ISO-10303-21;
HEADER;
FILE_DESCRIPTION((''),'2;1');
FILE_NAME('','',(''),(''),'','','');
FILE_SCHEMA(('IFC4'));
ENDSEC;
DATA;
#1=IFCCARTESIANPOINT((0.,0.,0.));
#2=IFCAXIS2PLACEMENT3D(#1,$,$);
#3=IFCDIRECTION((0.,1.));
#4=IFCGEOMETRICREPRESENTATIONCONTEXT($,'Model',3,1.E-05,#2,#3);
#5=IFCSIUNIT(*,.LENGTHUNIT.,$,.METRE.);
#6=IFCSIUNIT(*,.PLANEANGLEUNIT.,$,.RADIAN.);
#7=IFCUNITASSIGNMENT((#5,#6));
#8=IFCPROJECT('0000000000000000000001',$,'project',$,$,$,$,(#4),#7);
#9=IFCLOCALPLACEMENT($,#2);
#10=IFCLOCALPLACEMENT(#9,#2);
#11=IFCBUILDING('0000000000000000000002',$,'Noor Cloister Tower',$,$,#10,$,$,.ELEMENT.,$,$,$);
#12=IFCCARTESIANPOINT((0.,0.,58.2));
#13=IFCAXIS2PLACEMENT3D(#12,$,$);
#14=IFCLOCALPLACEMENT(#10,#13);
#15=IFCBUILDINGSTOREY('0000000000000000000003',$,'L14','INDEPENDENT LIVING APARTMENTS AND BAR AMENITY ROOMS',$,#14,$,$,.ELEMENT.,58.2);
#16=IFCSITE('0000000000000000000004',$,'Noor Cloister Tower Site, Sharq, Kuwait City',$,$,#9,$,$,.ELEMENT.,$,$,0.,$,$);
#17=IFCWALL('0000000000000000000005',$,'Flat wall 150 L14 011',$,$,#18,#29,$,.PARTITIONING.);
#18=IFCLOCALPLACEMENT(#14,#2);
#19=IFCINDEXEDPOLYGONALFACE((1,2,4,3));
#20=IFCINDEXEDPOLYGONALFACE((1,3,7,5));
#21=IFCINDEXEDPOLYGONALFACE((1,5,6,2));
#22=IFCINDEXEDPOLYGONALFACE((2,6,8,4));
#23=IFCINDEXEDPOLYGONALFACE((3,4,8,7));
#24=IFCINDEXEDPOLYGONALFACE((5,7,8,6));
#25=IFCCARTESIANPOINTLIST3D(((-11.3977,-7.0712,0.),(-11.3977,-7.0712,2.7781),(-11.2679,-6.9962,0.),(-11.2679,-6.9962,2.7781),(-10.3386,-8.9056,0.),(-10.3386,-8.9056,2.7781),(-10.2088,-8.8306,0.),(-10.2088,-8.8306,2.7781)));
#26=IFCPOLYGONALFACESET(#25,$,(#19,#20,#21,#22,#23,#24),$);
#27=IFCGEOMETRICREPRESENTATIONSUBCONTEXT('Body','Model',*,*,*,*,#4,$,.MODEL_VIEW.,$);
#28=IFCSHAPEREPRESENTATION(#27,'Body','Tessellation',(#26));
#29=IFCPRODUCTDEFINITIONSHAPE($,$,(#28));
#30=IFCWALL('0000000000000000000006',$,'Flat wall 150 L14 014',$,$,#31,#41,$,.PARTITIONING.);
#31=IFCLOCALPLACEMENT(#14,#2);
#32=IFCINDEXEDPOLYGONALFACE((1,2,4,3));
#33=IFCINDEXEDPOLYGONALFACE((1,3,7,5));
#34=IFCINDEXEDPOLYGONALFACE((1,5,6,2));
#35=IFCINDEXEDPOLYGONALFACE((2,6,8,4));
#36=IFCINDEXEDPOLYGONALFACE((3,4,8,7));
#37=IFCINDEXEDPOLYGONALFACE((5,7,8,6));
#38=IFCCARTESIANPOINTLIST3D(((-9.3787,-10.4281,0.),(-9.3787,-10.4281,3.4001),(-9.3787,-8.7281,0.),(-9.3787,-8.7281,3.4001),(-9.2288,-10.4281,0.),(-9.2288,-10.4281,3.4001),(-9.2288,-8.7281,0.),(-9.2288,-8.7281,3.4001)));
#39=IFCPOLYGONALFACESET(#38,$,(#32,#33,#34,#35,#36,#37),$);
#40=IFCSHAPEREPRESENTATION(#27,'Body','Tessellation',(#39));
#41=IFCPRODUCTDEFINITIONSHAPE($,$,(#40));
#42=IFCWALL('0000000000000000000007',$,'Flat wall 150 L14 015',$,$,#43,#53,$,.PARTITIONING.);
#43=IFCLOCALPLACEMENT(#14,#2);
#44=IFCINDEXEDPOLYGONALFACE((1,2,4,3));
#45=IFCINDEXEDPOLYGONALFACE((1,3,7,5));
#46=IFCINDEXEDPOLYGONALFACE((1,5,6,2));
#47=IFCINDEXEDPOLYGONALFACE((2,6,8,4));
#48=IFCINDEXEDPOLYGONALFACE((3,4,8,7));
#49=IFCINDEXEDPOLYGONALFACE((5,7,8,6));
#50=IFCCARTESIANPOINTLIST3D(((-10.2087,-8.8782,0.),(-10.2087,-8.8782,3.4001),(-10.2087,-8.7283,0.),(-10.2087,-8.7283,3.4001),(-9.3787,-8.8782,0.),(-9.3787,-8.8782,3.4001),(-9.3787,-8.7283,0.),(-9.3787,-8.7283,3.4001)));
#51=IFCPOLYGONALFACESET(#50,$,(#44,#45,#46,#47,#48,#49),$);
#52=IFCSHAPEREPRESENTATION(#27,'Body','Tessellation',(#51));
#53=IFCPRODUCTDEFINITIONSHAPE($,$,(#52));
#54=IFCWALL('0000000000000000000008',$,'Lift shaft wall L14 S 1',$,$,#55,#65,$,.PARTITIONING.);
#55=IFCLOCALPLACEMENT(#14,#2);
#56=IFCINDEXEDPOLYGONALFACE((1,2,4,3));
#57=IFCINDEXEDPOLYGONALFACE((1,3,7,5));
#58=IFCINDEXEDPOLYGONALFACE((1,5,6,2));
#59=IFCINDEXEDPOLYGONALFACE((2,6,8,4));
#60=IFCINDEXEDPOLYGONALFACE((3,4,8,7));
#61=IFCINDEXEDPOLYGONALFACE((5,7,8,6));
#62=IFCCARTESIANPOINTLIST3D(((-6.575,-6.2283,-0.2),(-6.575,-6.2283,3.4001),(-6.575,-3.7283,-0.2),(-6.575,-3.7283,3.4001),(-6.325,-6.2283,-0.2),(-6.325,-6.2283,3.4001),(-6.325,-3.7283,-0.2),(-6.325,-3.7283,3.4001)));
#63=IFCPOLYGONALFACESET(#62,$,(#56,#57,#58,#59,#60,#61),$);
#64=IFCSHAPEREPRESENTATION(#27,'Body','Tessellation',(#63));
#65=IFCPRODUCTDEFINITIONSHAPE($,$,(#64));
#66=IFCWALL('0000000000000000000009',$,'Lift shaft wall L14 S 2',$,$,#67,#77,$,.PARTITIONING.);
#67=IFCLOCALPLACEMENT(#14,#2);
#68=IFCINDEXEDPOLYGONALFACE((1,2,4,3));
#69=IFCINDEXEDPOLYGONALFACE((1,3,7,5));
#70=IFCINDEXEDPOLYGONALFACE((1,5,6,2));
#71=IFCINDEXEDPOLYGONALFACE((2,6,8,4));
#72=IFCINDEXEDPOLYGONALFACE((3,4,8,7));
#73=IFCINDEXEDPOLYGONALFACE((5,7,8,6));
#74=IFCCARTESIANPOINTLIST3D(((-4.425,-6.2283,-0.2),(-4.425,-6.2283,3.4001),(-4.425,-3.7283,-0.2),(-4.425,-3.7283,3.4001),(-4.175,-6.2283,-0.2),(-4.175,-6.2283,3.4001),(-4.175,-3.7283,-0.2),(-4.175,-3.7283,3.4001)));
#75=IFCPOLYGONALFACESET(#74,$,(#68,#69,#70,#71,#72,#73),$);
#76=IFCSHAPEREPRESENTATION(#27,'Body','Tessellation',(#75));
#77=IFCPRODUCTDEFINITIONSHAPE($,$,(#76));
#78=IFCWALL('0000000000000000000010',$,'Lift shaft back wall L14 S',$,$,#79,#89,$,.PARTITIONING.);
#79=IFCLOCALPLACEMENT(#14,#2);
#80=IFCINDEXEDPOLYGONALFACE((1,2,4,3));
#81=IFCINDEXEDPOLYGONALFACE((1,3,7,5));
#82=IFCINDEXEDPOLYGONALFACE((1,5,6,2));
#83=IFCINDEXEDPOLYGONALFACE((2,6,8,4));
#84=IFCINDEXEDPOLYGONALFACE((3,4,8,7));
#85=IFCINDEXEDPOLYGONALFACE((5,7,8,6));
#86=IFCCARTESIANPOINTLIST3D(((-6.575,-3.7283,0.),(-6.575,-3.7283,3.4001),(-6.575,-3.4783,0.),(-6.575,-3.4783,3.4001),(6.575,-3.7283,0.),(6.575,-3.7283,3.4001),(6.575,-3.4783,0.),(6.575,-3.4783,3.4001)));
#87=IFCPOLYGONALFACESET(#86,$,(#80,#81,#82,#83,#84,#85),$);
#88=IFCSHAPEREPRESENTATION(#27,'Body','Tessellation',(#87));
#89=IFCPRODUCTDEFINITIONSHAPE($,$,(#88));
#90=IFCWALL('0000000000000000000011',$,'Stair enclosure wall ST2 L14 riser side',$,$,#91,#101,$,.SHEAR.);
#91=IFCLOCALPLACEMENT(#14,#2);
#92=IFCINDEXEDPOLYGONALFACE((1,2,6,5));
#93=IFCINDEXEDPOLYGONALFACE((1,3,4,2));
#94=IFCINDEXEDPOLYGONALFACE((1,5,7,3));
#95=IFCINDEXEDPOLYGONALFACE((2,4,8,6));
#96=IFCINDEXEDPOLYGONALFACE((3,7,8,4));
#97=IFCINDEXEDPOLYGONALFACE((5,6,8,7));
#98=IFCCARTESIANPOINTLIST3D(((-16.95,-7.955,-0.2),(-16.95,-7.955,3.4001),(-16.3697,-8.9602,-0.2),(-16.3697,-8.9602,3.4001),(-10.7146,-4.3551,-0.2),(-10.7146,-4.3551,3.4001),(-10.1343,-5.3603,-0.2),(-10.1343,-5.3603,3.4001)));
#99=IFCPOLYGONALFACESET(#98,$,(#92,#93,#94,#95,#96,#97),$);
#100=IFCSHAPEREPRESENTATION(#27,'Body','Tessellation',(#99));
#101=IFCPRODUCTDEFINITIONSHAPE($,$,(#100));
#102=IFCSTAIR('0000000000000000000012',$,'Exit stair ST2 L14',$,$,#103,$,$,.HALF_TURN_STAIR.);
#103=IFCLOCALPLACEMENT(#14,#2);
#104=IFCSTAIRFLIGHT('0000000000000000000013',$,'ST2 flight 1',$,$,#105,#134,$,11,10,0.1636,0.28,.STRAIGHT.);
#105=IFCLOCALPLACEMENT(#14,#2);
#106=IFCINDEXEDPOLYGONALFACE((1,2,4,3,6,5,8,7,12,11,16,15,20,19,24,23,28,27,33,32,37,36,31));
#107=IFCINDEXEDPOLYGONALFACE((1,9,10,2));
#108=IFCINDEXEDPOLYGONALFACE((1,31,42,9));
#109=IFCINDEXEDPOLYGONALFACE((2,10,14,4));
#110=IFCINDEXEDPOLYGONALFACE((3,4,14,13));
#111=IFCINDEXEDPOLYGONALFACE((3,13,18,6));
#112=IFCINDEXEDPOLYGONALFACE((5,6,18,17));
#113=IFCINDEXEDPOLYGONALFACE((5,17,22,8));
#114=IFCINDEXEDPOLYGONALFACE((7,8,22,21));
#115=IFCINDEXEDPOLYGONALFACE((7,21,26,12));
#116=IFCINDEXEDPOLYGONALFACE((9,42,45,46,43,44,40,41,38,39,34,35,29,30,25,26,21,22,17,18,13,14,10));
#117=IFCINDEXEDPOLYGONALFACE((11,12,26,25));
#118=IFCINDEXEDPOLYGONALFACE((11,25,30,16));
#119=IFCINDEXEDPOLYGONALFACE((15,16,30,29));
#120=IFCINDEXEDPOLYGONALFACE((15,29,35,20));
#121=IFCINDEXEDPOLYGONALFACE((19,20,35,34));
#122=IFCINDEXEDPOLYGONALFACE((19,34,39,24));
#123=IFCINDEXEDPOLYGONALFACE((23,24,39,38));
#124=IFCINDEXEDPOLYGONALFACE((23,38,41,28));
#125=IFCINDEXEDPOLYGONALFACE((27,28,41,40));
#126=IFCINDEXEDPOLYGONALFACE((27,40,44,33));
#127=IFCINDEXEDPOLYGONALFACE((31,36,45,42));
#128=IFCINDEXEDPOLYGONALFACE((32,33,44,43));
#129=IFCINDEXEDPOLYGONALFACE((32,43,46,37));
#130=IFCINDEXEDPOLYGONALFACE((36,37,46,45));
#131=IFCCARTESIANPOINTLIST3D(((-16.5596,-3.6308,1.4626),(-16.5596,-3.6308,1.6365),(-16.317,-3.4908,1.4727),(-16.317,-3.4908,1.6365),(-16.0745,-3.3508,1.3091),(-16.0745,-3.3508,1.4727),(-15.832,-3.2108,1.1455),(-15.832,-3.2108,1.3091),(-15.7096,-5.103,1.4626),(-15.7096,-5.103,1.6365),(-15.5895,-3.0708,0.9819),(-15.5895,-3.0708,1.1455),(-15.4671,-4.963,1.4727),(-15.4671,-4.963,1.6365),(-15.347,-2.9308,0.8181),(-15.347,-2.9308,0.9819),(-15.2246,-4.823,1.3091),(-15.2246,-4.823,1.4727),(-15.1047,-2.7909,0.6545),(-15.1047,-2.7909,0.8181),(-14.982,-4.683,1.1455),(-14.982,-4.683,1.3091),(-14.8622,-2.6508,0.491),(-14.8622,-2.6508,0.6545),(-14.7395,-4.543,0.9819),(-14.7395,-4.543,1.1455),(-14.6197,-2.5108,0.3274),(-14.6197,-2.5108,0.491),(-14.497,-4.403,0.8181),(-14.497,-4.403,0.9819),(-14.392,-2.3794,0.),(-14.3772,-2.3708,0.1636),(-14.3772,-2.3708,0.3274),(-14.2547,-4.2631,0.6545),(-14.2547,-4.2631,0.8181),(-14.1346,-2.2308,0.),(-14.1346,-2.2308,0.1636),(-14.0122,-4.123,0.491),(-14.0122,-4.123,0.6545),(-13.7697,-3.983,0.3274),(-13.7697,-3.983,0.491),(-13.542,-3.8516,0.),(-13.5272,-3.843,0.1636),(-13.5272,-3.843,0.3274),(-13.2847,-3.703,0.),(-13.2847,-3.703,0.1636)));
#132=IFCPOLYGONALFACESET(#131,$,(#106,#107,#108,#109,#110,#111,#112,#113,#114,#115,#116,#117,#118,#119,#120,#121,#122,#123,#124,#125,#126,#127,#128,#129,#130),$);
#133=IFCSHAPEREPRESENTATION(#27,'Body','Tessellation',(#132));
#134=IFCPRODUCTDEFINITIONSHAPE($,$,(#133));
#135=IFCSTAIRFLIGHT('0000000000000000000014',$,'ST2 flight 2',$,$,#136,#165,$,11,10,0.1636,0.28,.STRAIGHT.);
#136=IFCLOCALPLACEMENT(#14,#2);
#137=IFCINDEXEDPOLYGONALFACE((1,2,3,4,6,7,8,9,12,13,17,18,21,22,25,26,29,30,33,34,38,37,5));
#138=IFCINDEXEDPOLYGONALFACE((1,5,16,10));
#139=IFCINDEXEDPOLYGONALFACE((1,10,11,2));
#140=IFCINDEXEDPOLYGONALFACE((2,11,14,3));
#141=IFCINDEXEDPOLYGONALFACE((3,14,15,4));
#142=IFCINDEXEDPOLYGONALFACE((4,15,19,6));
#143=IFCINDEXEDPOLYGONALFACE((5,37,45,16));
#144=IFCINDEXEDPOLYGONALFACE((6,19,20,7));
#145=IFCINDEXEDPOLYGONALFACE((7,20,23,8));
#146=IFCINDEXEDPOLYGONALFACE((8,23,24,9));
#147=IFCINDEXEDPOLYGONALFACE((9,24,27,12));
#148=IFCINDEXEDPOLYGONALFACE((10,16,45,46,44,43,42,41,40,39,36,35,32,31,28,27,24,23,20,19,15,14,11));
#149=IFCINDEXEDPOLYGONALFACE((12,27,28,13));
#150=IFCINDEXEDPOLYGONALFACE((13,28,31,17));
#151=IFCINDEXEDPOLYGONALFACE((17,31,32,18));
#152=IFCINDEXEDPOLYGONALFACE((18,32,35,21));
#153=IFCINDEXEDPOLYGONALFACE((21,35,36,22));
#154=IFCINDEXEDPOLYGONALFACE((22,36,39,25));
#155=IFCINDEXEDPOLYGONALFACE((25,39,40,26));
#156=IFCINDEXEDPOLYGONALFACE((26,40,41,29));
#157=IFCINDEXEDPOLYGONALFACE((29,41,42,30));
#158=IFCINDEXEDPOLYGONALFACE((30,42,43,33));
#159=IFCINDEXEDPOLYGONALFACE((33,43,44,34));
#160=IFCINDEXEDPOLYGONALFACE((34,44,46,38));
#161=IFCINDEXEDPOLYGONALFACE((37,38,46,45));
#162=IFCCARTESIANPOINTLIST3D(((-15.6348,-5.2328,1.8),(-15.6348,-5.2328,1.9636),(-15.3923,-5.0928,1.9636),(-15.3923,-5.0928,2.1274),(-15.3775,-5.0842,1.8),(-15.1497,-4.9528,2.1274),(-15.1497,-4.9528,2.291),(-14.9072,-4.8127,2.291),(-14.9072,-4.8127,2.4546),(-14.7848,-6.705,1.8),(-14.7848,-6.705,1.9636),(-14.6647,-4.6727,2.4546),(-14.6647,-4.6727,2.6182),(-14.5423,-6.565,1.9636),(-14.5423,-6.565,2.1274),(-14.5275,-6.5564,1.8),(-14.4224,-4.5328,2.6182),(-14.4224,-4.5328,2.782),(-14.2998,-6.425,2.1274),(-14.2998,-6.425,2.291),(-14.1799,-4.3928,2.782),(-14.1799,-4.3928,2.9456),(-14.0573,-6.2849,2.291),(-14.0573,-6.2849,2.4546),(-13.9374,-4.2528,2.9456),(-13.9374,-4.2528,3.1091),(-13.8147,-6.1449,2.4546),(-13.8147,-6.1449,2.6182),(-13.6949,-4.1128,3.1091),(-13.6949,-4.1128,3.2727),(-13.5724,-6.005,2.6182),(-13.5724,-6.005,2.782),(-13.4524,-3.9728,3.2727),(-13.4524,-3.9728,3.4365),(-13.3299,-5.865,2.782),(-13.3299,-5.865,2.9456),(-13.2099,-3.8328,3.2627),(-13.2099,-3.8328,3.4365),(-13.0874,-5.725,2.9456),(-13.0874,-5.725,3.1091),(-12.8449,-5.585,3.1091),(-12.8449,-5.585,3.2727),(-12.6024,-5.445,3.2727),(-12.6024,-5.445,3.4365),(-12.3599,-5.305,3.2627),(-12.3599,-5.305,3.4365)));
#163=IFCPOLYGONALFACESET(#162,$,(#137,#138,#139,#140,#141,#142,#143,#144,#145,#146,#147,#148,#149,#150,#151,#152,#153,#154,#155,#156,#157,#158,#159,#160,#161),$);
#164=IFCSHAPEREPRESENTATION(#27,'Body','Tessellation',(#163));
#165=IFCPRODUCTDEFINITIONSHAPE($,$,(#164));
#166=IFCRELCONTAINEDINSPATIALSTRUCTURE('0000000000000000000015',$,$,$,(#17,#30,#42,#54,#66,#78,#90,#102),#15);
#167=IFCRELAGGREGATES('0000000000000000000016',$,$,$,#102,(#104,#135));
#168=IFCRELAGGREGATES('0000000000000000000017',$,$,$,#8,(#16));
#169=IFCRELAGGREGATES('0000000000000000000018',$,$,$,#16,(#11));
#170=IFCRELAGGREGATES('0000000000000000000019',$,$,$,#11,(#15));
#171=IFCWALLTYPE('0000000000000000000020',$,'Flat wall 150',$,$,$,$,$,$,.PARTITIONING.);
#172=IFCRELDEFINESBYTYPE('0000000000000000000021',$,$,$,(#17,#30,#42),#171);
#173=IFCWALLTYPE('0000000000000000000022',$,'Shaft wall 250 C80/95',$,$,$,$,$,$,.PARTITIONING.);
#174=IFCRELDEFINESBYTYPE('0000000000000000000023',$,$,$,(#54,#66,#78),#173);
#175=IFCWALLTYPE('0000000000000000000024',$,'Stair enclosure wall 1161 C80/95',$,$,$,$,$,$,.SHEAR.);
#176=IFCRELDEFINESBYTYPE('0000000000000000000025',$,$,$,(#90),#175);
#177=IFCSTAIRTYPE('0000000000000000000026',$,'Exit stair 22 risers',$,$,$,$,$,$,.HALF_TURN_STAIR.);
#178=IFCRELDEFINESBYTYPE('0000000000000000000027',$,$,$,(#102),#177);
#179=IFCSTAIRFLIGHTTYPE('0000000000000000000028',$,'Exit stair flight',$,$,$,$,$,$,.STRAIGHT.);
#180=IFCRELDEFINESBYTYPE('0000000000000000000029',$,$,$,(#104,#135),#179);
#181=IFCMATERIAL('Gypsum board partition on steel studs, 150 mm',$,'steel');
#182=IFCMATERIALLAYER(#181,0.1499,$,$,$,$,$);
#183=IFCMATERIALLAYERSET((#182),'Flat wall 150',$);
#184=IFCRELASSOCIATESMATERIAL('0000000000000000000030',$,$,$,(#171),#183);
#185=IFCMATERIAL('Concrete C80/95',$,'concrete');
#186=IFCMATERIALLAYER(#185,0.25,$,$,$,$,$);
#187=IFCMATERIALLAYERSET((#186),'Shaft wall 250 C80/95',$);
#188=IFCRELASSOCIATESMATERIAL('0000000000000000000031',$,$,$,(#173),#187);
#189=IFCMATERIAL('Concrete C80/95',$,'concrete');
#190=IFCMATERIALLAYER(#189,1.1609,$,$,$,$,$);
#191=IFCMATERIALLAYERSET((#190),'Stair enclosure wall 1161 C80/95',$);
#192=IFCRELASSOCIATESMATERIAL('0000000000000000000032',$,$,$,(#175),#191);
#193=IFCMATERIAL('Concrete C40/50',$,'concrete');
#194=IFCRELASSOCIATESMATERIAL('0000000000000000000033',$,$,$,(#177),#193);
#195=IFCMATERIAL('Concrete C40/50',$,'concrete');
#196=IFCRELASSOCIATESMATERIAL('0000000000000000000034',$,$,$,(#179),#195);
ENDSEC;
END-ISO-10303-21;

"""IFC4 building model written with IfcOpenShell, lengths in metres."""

from ifc_helpers import new_model, si_unit, direction, frame, frame_2d, origin, place, context, subcontext, project, spatial, polyline, rectangle, outline, extrude, material, layer, layer_set, type_object, element, aggregate, save


model = new_model("IFC4")

# Units and contexts
model_context = context("Model", 3, precision=1e-05, world=origin(), true_north=direction((0.0, 1.0)))
body_context = subcontext(model_context, "Body", "Model", "MODEL_VIEW")
ifc_project = project(units=[si_unit("LENGTHUNIT", "METRE"), si_unit("PLANEANGLEUNIT", "RADIAN")], contexts=[model_context])

# Site, building, storey
site_placement = place(None, origin())
site = spatial("IfcSite", under=ifc_project, at=site_placement, Name="Noor Cloister Tower Site, Sharq, Kuwait City", CompositionType="ELEMENT", RefElevation=0.0)
building_placement = place(site_placement, origin())
building = spatial("IfcBuilding", under=site, at=building_placement, Name="Noor Cloister Tower", CompositionType="ELEMENT")
storey_placement = place(building_placement, frame((0.0, 0.0, 58.2)))
storey = spatial("IfcBuildingStorey", under=building, at=storey_placement, Name="L14", Description="INDEPENDENT LIVING APARTMENTS AND BAR AMENITY ROOMS", CompositionType="ELEMENT", Elevation=58.2)

# Walls
ifc_material_1 = material(Name="Gypsum board partition on steel studs, 150 mm", Category="steel")
ifc_layer_1 = layer(ifc_material_1, 0.1499)
ifc_layer_set_1 = layer_set([ifc_layer_1], Name="Flat wall 150")
wall_type_1 = type_object("IfcWallType", Name="Flat wall 150", PredefinedType="PARTITIONING", material=ifc_layer_set_1)
wall_1_placement = place(storey_placement, frame((-11.3328, -7.0337, 0.0), z_axis=(0.0, 0.0, 1.0), x_axis=(0.499982, -0.866036, 0.0)))
element("IfcWall", 1, at=wall_1_placement, inside=storey, type_object=wall_type_1, Name="Flat wall 150 L14 011", PredefinedType="PARTITIONING", context=body_context, shape_type="SweptSolid", body=[
    extrude(rectangle(XDim=2.1182, YDim=0.1499, at=frame_2d((1.0591, 0.0))), origin(), (0.0, 0.0, 1.0), 2.7781),
])
wall_2_placement = place(storey_placement, frame((-9.3037, -10.4282, 0.0), z_axis=(0.0, 0.0, 1.0), x_axis=(0.0, 1.0, 0.0)))
element("IfcWall", 2, at=wall_2_placement, inside=storey, type_object=wall_type_1, Name="Flat wall 150 L14 014", PredefinedType="PARTITIONING", context=body_context, shape_type="SweptSolid", body=[
    extrude(rectangle(XDim=1.7, YDim=0.1499, at=frame_2d((0.8501, 0.0))), origin(), (0.0, 0.0, 1.0), 3.4001),
])
wall_3_placement = place(storey_placement, frame((-10.2087, -8.8032, 0.0), z_axis=(0.0, 0.0, 1.0), x_axis=(1.0, 0.0, 0.0)))
element("IfcWall", 3, at=wall_3_placement, inside=storey, type_object=wall_type_1, Name="Flat wall 150 L14 015", PredefinedType="PARTITIONING", context=body_context, shape_type="SweptSolid", body=[
    extrude(rectangle(XDim=0.8301, YDim=0.1499, at=frame_2d((0.415, 0.0))), origin(), (0.0, 0.0, 1.0), 3.4001),
])
ifc_material_2 = material(Name="Concrete C80/95", Category="concrete")
ifc_layer_2 = layer(ifc_material_2, 0.25)
ifc_layer_set_2 = layer_set([ifc_layer_2], Name="Shaft wall 250 C80/95")
wall_type_2 = type_object("IfcWallType", Name="Shaft wall 250 C80/95", PredefinedType="PARTITIONING", material=ifc_layer_set_2)
for number, where, z_axis, x_axis, name in (
    (4, (-6.45, -6.2283, -0.2), (0.0, 0.0, 1.0), (0.0, 1.0, 0.0), "Lift shaft wall L14 S 1"),
    (5, (-4.3, -6.2283, -0.2), (0.0, 0.0, 1.0), (0.0, 1.0, 0.0), "Lift shaft wall L14 S 2"),
):
    element("IfcWall", number, at=place(storey_placement, frame(where, z_axis=z_axis, x_axis=x_axis)), inside=storey, type_object=wall_type_2, Name=name, PredefinedType="PARTITIONING", context=body_context, shape_type="SweptSolid", body=[
        extrude(rectangle(XDim=2.5, YDim=0.25, at=frame_2d((1.25, 0.0))), origin(), (0.0, 0.0, 1.0), 3.6001),
    ])
wall_4_placement = place(storey_placement, frame((-6.575, -3.6033, 0.0), z_axis=(0.0, 0.0, 1.0), x_axis=(1.0, 0.0, 0.0)))
element("IfcWall", 6, at=wall_4_placement, inside=storey, type_object=wall_type_2, Name="Lift shaft back wall L14 S", PredefinedType="PARTITIONING", context=body_context, shape_type="SweptSolid", body=[
    extrude(rectangle(XDim=13.1499, YDim=0.25, at=frame_2d((6.575, 0.0))), origin(), (0.0, 0.0, 1.0), 3.4001),
])
ifc_material_3 = material(Name="Concrete C80/95", Category="concrete")
ifc_layer_3 = layer(ifc_material_3, 1.1609)
ifc_layer_set_3 = layer_set([ifc_layer_3], Name="Stair enclosure wall 1161 C80/95")
wall_type_3 = type_object("IfcWallType", Name="Stair enclosure wall 1161 C80/95", PredefinedType="SHEAR", material=ifc_layer_set_3)
wall_5_placement = place(storey_placement, frame((-10.4243, -4.8577, -0.2), z_axis=(0.0, 0.0, 1.0), x_axis=(-0.866033, -0.499987, 0.0)))
element("IfcWall", 7, at=wall_5_placement, inside=storey, type_object=wall_type_3, Name="Stair enclosure wall ST2 L14 riser side", PredefinedType="SHEAR", context=body_context, shape_type="SweptSolid", body=[
    extrude(rectangle(XDim=7.2, YDim=1.1606, at=frame_2d((3.6001, 0.0))), origin(), (0.0, 0.0, 1.0), 3.6001),
])

# Stair, stair flights
ifc_material_4 = material(Name="Concrete C40/50", Category="concrete")
stair_type = type_object("IfcStairType", Name="Exit stair 22 risers", PredefinedType="HALF_TURN_STAIR", material=ifc_material_4)
stair_placement = place(storey_placement, origin())
stair = element("IfcStair", 8, at=stair_placement, inside=storey, type_object=stair_type, Name="Exit stair ST2 L14", PredefinedType="HALF_TURN_STAIR")
ifc_material_5 = material(Name="Concrete C40/50", Category="concrete")
stair_flight_type = type_object("IfcStairFlightType", Name="Exit stair flight", PredefinedType="STRAIGHT", material=ifc_material_5)
stair_flight_1_placement = place(storey_placement, frame((-13.7097, -2.9668, 0.0), z_axis=(0.0, 0.0, 1.0), x_axis=(-0.866025, -0.5, 0.0)))
stair_flight_1 = element("IfcStairFlight", 9, at=stair_flight_1_placement, type_object=stair_flight_type, Name="ST2 flight 1", NumberOfRisers=11, NumberOfTreads=10, PredefinedType="STRAIGHT", RiserHeight=0.1636, TreadLength=0.28, context=body_context, shape_type="SweptSolid", body=[
    extrude(outline(polyline([(0.0, 0.0), (0.0, 0.1636), (0.28, 0.1636), (0.28, 0.3274), (0.5601, 0.3274), (0.5601, 0.491), (0.8401, 0.491), (0.8401, 0.6545), (1.1201, 0.6545), (1.1201, 0.8181), (1.3999, 0.8181), (1.3999, 0.9819), (1.6799, 0.9819), (1.6799, 1.1455), (1.96, 1.1455), (1.96, 1.3091), (2.24, 1.3091), (2.24, 1.4727), (2.52, 1.4727), (2.52, 1.6365), (2.8, 1.6365), (2.8, 1.8), (2.8, 1.4626), (0.2971, 0.0), (0.0, 0.0)])), frame((0.0, 0.8501, 0.0), z_axis=(0.0, -1.0, 0.0), x_axis=(1.0, 0.0, 0.0)), (0.0, 0.0, 1.0), 1.7),
])
stair_flight_2_placement = place(storey_placement, frame((-15.2097, -5.969, 1.8), z_axis=(0.0, 0.0, 1.0), x_axis=(0.866025, 0.5, 0.0)))
stair_flight_2 = element("IfcStairFlight", 10, at=stair_flight_2_placement, type_object=stair_flight_type, Name="ST2 flight 2", NumberOfRisers=11, NumberOfTreads=10, PredefinedType="STRAIGHT", RiserHeight=0.1636, TreadLength=0.28, context=body_context, shape_type="SweptSolid", body=[
    extrude(outline(polyline([(0.0, 0.0), (0.0, 0.1636), (0.28, 0.1636), (0.28, 0.3274), (0.5601, 0.3274), (0.5601, 0.491), (0.8401, 0.491), (0.8401, 0.6545), (1.1201, 0.6545), (1.1201, 0.8181), (1.3999, 0.8181), (1.3999, 0.9819), (1.6799, 0.9819), (1.6799, 1.1455), (1.96, 1.1455), (1.96, 1.3091), (2.24, 1.3091), (2.24, 1.4727), (2.52, 1.4727), (2.52, 1.6365), (2.8, 1.6365), (2.8, 1.8), (2.8, 1.4626), (0.2971, 0.0), (0.0, 0.0)])), frame((0.0, 0.8501, 0.0), z_axis=(0.0, -1.0, 0.0), x_axis=(1.0, 0.0, 0.0)), (0.0, 0.0, 1.0), 1.7),
])
aggregate(stair, [stair_flight_1, stair_flight_2])

save(model, "model.ifc")
